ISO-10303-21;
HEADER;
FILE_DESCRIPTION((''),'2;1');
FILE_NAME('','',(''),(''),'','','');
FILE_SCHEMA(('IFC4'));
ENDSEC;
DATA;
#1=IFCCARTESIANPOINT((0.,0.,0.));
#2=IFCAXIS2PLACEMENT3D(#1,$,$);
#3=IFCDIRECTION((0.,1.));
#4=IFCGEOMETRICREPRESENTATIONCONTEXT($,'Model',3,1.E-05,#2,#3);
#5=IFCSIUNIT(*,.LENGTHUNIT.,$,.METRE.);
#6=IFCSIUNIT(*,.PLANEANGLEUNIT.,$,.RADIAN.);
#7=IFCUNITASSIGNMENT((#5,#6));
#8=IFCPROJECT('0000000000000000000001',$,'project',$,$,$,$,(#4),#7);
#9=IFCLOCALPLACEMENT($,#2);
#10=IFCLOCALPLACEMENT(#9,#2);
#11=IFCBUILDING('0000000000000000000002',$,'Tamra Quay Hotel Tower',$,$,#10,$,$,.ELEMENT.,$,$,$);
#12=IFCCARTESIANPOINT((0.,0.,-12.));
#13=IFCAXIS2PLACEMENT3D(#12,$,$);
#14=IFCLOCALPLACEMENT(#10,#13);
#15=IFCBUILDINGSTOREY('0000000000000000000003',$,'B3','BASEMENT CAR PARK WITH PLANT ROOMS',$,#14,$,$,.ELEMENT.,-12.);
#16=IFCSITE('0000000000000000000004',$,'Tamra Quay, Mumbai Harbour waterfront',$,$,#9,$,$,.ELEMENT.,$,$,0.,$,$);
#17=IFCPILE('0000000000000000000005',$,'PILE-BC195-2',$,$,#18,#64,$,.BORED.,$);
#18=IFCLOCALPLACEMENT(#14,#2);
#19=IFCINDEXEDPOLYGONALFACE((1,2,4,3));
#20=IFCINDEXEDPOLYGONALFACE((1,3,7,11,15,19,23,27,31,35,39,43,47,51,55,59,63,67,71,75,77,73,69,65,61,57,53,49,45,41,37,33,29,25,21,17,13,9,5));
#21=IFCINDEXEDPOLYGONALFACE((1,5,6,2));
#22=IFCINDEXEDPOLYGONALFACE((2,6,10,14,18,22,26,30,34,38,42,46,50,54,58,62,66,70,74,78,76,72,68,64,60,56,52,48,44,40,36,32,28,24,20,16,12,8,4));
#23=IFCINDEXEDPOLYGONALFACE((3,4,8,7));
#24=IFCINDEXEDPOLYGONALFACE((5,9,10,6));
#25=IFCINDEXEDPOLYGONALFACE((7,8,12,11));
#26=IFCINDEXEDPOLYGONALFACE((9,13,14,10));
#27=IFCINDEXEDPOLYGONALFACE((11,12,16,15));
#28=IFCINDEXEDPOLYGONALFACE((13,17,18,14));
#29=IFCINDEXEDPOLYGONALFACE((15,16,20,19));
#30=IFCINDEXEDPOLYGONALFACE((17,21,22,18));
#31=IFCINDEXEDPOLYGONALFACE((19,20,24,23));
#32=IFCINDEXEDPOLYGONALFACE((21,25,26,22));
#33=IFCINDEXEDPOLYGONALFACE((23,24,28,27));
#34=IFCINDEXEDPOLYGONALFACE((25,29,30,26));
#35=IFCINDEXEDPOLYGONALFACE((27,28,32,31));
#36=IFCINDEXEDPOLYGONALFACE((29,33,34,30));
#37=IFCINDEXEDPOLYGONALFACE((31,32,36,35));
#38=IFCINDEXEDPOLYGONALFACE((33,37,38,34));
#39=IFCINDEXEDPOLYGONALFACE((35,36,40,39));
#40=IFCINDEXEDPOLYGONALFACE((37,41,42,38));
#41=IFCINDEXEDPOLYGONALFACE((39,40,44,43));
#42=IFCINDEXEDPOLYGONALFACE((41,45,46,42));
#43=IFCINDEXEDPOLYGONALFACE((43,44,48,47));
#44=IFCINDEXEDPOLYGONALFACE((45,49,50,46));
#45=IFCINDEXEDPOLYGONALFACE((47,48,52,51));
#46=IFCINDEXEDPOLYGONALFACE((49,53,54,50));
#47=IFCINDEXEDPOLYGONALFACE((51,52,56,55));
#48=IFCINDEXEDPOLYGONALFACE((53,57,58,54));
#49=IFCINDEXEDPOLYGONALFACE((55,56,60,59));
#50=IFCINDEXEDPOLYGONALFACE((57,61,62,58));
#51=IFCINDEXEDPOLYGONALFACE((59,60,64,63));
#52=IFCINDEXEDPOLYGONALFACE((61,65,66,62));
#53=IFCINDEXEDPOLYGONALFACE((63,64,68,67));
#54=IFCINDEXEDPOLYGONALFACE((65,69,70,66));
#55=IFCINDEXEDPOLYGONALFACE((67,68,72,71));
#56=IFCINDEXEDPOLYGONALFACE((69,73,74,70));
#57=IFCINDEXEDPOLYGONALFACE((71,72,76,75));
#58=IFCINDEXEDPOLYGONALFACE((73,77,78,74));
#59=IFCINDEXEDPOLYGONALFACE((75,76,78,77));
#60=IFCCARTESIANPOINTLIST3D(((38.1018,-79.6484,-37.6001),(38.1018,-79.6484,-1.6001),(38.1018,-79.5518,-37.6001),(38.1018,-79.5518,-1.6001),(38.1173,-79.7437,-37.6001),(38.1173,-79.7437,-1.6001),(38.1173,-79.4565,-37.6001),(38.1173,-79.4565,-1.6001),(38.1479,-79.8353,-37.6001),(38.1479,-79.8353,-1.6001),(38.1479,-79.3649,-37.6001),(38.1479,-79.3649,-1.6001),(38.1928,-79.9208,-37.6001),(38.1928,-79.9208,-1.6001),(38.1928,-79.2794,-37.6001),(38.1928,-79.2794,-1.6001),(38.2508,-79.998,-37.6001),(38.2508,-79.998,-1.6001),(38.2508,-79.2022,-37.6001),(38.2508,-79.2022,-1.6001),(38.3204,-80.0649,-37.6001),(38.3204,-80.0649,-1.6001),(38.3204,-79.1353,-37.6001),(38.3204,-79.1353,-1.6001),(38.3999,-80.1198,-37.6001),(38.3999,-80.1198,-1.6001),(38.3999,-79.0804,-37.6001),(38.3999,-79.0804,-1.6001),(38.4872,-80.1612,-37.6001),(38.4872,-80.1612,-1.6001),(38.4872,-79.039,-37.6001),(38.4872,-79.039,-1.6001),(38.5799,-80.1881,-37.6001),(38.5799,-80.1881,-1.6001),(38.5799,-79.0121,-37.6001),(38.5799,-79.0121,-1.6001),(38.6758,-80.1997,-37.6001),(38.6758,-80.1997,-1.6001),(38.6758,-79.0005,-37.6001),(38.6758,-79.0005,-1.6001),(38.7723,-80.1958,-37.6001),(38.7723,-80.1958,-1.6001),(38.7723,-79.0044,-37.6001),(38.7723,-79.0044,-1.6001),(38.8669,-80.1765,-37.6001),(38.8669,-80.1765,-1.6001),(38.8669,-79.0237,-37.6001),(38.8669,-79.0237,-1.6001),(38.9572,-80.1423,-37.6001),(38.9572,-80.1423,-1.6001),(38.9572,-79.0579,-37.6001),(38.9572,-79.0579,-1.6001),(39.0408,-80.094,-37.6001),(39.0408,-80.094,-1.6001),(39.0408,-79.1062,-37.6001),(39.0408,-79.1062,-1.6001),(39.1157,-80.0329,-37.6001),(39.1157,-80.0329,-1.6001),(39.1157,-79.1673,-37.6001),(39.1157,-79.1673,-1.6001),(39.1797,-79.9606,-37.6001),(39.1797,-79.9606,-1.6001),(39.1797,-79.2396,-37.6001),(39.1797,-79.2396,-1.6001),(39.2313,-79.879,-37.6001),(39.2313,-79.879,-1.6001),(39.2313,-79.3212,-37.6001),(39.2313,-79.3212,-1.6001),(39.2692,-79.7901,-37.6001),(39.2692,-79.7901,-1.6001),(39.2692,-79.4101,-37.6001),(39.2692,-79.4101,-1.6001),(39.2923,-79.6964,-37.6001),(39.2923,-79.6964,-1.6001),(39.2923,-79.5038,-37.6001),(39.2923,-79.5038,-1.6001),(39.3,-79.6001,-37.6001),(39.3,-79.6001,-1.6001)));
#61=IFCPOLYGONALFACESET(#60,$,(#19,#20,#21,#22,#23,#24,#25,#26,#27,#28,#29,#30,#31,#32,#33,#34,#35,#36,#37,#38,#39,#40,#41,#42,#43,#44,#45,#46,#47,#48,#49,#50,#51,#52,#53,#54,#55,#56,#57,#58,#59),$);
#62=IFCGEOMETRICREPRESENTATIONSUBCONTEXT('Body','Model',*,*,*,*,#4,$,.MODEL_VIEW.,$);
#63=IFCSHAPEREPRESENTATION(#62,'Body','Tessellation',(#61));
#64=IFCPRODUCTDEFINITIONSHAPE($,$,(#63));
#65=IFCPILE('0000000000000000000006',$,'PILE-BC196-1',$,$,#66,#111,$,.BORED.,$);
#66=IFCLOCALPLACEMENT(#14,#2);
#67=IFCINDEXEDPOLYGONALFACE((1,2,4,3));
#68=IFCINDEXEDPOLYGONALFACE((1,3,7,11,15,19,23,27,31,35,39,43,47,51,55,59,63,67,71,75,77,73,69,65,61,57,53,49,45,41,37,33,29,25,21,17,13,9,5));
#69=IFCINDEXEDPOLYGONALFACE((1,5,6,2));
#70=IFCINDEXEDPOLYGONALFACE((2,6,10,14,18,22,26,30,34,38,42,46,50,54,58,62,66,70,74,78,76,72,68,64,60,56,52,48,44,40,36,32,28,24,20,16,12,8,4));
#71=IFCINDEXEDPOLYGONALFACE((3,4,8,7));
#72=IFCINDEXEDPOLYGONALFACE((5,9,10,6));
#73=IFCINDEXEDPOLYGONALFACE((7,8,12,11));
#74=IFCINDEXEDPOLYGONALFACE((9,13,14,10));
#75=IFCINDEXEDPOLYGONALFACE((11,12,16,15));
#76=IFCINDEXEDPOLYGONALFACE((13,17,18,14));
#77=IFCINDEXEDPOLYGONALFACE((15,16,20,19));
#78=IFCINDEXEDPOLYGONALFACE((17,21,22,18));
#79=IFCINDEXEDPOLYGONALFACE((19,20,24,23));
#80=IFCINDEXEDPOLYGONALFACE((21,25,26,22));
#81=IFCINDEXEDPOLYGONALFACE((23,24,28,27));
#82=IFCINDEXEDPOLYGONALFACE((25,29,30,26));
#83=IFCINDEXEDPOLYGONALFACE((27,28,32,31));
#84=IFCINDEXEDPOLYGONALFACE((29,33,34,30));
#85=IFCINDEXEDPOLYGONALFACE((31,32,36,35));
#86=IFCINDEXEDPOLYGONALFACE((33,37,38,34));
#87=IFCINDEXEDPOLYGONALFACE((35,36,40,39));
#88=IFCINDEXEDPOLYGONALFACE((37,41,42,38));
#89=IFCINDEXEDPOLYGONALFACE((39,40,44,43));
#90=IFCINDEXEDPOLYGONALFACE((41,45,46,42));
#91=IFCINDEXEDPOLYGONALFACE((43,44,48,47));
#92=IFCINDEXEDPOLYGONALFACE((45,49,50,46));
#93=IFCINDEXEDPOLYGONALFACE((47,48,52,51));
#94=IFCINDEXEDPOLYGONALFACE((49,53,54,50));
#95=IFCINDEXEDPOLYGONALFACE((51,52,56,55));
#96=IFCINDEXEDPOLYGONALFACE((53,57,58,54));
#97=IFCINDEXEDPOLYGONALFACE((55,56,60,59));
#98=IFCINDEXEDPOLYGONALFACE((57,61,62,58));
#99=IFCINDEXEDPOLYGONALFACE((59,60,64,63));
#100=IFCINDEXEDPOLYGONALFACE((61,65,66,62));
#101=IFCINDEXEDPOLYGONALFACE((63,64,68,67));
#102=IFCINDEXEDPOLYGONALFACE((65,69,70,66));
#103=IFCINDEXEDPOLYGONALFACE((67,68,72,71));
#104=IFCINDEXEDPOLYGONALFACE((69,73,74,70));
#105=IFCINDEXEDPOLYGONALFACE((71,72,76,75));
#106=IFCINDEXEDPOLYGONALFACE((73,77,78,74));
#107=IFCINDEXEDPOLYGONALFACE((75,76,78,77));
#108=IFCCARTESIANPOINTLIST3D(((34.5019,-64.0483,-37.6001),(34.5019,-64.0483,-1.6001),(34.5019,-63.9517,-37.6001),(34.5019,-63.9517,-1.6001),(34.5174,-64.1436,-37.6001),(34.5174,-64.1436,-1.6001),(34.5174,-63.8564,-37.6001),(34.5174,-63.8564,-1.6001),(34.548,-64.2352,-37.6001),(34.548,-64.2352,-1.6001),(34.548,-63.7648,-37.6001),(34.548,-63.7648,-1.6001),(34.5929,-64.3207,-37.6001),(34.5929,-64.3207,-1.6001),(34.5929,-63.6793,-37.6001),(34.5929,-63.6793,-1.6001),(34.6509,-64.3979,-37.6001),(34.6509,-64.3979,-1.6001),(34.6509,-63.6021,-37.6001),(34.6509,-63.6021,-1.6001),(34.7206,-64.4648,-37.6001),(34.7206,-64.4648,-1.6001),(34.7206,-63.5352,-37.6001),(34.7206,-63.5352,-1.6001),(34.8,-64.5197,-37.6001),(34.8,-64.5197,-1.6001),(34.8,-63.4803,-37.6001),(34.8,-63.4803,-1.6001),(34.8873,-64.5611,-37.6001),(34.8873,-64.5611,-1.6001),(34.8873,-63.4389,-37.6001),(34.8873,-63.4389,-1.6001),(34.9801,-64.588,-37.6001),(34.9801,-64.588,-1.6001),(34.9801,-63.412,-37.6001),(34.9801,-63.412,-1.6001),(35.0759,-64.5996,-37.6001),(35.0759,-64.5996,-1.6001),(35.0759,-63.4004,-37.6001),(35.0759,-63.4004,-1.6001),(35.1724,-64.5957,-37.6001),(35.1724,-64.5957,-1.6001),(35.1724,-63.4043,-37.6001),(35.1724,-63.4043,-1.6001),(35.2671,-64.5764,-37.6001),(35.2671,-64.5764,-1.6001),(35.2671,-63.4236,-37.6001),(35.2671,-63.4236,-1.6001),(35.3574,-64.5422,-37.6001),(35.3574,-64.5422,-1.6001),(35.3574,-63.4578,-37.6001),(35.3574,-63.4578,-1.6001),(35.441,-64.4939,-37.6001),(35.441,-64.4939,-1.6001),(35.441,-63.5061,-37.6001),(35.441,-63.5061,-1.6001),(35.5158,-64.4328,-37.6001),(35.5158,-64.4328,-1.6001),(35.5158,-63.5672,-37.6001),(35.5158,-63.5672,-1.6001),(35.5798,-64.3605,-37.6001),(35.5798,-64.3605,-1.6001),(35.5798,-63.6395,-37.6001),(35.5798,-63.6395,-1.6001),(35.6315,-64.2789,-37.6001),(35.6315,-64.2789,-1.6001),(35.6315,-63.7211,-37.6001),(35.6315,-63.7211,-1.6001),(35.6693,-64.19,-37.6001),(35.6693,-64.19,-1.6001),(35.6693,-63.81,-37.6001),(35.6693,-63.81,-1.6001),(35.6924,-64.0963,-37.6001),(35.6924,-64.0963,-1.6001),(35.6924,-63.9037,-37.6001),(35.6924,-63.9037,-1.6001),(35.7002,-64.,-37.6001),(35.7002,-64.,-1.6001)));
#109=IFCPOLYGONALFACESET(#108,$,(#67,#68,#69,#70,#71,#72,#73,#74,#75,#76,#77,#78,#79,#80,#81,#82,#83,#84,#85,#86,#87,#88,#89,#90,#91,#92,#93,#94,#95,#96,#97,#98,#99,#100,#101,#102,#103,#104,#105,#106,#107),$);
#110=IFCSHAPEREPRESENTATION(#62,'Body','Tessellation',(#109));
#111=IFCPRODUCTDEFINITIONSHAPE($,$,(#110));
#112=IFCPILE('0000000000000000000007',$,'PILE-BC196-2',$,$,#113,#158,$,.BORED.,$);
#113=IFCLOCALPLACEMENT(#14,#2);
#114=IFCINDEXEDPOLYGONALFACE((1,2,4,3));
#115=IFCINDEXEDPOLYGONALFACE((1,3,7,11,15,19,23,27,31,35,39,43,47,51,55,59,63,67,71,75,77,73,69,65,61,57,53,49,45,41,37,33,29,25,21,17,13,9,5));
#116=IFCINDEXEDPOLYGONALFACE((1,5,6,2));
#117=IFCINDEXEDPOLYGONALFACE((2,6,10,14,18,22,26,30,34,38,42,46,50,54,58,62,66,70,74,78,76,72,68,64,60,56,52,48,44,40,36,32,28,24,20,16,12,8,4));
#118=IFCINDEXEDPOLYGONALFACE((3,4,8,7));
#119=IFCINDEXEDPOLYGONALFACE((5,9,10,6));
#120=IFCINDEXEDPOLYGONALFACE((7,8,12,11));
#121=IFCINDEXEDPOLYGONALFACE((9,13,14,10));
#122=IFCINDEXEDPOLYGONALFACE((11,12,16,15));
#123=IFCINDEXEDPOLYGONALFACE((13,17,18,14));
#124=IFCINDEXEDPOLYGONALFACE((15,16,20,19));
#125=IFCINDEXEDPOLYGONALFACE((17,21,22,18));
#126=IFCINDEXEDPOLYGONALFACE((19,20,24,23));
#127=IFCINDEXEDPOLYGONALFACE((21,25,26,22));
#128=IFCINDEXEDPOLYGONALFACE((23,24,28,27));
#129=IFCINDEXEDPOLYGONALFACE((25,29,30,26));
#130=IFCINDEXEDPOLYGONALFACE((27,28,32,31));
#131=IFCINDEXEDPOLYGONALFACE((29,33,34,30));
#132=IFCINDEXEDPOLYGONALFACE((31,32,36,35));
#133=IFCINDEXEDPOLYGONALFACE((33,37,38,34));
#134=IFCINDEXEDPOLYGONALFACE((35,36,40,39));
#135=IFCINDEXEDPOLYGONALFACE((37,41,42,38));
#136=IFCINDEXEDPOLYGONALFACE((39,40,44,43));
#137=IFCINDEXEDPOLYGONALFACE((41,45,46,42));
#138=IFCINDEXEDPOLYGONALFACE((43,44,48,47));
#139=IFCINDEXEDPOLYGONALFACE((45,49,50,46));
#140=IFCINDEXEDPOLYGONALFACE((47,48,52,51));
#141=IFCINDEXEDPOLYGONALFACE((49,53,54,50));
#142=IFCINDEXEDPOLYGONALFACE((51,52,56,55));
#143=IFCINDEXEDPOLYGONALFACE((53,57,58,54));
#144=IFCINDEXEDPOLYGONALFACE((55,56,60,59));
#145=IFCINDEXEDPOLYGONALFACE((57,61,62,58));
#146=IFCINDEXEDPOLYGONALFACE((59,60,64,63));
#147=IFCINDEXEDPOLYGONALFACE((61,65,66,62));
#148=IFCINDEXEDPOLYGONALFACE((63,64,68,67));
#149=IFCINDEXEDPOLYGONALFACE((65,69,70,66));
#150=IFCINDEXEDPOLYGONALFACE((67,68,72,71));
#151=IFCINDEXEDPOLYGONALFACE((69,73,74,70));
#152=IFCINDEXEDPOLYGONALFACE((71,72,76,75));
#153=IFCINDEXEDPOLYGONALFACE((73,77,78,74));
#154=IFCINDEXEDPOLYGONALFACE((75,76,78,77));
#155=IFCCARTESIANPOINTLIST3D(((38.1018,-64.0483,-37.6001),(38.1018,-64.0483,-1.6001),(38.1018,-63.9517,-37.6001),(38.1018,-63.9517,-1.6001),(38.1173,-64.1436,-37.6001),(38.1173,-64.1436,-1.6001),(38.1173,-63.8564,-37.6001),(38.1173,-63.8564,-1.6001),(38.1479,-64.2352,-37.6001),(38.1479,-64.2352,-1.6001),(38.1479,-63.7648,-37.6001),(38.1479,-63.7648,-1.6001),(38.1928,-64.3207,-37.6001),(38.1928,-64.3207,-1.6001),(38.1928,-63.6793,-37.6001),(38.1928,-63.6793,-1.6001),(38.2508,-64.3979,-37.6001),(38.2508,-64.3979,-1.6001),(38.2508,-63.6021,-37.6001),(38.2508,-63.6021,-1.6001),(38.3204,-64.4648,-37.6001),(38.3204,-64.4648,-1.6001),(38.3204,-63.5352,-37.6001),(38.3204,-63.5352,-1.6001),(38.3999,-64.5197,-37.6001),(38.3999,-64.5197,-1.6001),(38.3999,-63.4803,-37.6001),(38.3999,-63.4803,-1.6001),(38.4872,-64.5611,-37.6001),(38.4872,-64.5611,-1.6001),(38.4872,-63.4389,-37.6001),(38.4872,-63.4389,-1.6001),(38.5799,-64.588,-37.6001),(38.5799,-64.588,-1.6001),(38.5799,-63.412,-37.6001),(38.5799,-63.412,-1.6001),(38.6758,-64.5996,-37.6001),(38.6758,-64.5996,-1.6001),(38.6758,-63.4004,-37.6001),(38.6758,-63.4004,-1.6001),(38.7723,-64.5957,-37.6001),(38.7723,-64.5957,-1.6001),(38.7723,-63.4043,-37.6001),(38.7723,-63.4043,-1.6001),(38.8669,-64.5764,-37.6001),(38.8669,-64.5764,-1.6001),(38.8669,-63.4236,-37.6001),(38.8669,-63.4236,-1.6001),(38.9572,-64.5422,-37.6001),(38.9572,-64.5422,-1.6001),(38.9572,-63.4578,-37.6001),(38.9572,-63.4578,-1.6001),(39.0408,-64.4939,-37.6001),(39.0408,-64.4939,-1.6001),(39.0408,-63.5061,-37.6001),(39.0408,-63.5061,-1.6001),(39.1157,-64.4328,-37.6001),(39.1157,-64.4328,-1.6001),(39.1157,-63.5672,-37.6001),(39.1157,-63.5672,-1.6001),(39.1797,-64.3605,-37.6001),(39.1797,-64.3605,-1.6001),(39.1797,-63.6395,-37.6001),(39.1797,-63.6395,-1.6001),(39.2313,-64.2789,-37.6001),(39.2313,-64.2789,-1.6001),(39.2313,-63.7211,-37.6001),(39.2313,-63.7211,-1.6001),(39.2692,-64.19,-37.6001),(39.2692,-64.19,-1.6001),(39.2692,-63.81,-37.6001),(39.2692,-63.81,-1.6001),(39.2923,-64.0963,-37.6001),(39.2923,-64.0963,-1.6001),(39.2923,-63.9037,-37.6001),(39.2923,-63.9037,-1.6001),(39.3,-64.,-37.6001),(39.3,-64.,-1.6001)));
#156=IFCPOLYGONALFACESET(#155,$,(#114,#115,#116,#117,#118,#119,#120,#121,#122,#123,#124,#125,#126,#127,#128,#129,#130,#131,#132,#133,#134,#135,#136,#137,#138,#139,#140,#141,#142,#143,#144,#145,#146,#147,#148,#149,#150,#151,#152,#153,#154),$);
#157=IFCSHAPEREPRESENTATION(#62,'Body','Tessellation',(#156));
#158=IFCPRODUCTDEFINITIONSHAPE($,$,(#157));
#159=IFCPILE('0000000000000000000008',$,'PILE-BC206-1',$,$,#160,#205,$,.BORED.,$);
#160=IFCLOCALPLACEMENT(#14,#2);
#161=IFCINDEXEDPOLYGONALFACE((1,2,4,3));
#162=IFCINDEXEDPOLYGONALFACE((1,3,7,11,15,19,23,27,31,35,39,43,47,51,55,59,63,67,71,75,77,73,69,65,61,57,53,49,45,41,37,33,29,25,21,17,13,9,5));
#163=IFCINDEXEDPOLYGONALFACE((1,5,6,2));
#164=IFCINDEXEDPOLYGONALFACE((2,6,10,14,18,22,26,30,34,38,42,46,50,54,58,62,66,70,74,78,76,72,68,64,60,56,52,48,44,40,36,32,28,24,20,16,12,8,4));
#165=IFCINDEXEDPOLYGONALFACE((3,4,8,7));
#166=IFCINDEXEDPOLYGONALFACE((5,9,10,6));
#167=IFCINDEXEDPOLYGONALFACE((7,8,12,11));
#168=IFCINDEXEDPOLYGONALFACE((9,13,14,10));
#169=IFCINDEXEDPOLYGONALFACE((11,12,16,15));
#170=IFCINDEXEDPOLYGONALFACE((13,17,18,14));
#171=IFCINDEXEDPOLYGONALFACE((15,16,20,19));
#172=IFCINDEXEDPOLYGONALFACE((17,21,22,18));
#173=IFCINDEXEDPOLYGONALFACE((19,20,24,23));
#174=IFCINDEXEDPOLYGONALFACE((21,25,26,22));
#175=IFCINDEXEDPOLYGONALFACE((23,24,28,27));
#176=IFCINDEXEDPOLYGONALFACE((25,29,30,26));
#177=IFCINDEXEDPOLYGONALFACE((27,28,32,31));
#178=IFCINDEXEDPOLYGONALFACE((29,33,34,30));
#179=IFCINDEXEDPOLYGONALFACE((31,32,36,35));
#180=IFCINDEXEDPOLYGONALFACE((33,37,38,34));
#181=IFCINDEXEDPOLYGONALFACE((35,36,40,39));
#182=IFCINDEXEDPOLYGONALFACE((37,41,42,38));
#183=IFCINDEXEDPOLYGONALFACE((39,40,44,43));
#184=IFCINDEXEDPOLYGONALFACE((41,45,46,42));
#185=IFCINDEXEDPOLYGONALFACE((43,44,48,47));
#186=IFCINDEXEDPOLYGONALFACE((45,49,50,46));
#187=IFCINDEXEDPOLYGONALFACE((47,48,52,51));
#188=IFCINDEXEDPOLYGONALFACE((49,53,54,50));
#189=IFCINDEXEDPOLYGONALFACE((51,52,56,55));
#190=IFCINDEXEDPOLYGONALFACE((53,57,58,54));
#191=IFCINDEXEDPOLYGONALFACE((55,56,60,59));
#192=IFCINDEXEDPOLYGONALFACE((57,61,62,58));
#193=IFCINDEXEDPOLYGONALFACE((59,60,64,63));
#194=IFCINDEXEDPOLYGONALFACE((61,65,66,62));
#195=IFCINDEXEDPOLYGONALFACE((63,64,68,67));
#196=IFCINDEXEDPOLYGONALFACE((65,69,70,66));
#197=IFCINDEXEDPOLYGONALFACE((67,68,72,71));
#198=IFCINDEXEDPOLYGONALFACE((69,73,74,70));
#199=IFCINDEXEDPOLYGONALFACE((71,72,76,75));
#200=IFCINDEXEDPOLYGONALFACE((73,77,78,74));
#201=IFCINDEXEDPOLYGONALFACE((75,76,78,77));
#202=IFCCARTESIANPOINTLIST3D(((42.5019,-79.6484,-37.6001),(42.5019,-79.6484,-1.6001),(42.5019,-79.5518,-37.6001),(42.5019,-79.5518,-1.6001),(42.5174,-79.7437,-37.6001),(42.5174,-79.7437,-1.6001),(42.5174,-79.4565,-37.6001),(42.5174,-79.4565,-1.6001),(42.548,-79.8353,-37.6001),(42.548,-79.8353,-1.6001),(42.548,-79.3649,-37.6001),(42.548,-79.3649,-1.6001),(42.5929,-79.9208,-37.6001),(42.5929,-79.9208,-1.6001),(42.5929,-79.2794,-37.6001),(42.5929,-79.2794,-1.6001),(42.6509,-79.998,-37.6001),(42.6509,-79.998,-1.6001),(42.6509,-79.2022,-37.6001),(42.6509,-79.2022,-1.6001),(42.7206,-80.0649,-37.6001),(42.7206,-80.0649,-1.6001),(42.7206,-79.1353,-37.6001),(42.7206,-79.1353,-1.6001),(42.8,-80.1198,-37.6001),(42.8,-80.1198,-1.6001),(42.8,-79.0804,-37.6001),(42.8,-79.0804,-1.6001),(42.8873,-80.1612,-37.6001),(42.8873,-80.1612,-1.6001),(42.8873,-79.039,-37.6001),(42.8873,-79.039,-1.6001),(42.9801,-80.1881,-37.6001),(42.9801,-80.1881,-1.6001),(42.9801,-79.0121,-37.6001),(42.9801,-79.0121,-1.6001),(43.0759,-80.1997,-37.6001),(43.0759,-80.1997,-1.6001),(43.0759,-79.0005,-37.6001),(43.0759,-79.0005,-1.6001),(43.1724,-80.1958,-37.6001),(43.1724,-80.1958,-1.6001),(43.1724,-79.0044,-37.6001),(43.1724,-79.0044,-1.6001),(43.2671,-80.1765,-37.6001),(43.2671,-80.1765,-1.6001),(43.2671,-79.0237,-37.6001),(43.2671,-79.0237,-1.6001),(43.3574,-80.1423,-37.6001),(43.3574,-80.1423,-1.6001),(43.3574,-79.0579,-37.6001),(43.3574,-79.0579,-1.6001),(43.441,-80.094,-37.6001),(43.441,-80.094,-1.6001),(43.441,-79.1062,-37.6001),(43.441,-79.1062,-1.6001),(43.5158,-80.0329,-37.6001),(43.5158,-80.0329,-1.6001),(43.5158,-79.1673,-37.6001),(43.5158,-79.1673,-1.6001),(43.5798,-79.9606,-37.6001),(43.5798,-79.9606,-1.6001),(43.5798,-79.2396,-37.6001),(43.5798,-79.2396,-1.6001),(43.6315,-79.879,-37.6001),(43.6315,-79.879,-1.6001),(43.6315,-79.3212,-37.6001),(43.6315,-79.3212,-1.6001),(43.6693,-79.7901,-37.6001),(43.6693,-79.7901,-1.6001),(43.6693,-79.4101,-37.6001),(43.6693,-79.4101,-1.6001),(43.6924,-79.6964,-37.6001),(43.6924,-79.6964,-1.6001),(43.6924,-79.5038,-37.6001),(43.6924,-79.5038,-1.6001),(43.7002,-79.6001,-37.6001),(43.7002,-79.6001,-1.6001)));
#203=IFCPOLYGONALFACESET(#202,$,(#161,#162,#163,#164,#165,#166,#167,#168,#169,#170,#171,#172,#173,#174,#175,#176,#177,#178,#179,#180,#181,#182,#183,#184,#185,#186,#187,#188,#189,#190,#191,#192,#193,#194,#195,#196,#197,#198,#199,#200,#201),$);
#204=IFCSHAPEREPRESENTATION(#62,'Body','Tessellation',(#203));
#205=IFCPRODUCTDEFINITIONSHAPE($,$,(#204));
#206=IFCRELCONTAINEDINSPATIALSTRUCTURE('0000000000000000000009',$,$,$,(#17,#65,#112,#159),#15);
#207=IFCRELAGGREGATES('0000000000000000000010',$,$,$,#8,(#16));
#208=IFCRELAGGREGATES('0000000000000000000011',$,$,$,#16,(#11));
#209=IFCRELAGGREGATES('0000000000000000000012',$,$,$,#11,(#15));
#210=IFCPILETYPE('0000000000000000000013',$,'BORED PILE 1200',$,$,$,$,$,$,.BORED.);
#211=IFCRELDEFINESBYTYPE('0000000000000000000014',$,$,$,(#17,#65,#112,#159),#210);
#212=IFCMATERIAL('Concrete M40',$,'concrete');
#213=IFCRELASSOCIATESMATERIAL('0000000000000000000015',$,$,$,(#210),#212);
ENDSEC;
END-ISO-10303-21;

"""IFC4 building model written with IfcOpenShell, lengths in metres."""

from ifc_helpers import new_model, si_unit, direction, frame, origin, origin_2d, place, context, subcontext, project, spatial, circle, extrude, material, material_profile, profile_set, type_object, element, save


model = new_model("IFC4")

# Units and contexts
model_context = context("Model", 3, precision=1e-05, world=origin(), true_north=direction((0.0, 1.0)))
body_context = subcontext(model_context, "Body", "Model", "MODEL_VIEW")
ifc_project = project(units=[si_unit("LENGTHUNIT", "METRE"), si_unit("PLANEANGLEUNIT", "RADIAN")], contexts=[model_context])

# Site, building, storey
site_placement = place(None, origin())
site = spatial("IfcSite", under=ifc_project, at=site_placement, Name="Tamra Quay, Mumbai Harbour waterfront", CompositionType="ELEMENT", RefElevation=0.0)
building_placement = place(site_placement, origin())
building = spatial("IfcBuilding", under=site, at=building_placement, Name="Tamra Quay Hotel Tower", CompositionType="ELEMENT")
storey_placement = place(building_placement, frame((0.0, 0.0, -12.0)))
storey = spatial("IfcBuildingStorey", under=building, at=storey_placement, Name="B3", Description="BASEMENT CAR PARK WITH PLANT ROOMS", CompositionType="ELEMENT", Elevation=-12.0)

# Piles
ifc_material_1 = material(Name="Concrete M40", Category="concrete")
ifc_material_profile_1 = material_profile(ifc_material_1, circle(Radius=0.6001, at=origin_2d()), Name="BORED PILE 1200")
ifc_profile_set_1 = profile_set([ifc_material_profile_1], Name="Concrete M40")
pile_type = type_object("IfcPileType", Name="BORED PILE 1200", PredefinedType="BORED", material=ifc_profile_set_1)
for number, where, z_axis, x_axis, name in (
    (1, (38.7, -79.6001, -1.6001), (0.0, 0.0, -1.0), (1.0, 0.0, 0.0), "PILE-BC195-2"),
    (2, (35.1001, -64.0, -1.6001), (0.0, 0.0, -1.0), (1.0, 0.0, 0.0), "PILE-BC196-1"),
    (3, (38.7, -64.0, -1.6001), (0.0, 0.0, -1.0), (1.0, 0.0, 0.0), "PILE-BC196-2"),
    (4, (43.1001, -79.6001, -1.6001), (0.0, 0.0, -1.0), (1.0, 0.0, 0.0), "PILE-BC206-1"),
):
    element("IfcPile", number, at=place(storey_placement, frame(where, z_axis=z_axis, x_axis=x_axis)), inside=storey, type_object=pile_type, Name=name, PredefinedType="BORED", context=body_context, shape_type="SweptSolid", body=[
        extrude(circle(Radius=0.6001, at=origin_2d()), origin(), (0.0, 0.0, 1.0), 36.0),
    ])

save(model, "model.ifc")
